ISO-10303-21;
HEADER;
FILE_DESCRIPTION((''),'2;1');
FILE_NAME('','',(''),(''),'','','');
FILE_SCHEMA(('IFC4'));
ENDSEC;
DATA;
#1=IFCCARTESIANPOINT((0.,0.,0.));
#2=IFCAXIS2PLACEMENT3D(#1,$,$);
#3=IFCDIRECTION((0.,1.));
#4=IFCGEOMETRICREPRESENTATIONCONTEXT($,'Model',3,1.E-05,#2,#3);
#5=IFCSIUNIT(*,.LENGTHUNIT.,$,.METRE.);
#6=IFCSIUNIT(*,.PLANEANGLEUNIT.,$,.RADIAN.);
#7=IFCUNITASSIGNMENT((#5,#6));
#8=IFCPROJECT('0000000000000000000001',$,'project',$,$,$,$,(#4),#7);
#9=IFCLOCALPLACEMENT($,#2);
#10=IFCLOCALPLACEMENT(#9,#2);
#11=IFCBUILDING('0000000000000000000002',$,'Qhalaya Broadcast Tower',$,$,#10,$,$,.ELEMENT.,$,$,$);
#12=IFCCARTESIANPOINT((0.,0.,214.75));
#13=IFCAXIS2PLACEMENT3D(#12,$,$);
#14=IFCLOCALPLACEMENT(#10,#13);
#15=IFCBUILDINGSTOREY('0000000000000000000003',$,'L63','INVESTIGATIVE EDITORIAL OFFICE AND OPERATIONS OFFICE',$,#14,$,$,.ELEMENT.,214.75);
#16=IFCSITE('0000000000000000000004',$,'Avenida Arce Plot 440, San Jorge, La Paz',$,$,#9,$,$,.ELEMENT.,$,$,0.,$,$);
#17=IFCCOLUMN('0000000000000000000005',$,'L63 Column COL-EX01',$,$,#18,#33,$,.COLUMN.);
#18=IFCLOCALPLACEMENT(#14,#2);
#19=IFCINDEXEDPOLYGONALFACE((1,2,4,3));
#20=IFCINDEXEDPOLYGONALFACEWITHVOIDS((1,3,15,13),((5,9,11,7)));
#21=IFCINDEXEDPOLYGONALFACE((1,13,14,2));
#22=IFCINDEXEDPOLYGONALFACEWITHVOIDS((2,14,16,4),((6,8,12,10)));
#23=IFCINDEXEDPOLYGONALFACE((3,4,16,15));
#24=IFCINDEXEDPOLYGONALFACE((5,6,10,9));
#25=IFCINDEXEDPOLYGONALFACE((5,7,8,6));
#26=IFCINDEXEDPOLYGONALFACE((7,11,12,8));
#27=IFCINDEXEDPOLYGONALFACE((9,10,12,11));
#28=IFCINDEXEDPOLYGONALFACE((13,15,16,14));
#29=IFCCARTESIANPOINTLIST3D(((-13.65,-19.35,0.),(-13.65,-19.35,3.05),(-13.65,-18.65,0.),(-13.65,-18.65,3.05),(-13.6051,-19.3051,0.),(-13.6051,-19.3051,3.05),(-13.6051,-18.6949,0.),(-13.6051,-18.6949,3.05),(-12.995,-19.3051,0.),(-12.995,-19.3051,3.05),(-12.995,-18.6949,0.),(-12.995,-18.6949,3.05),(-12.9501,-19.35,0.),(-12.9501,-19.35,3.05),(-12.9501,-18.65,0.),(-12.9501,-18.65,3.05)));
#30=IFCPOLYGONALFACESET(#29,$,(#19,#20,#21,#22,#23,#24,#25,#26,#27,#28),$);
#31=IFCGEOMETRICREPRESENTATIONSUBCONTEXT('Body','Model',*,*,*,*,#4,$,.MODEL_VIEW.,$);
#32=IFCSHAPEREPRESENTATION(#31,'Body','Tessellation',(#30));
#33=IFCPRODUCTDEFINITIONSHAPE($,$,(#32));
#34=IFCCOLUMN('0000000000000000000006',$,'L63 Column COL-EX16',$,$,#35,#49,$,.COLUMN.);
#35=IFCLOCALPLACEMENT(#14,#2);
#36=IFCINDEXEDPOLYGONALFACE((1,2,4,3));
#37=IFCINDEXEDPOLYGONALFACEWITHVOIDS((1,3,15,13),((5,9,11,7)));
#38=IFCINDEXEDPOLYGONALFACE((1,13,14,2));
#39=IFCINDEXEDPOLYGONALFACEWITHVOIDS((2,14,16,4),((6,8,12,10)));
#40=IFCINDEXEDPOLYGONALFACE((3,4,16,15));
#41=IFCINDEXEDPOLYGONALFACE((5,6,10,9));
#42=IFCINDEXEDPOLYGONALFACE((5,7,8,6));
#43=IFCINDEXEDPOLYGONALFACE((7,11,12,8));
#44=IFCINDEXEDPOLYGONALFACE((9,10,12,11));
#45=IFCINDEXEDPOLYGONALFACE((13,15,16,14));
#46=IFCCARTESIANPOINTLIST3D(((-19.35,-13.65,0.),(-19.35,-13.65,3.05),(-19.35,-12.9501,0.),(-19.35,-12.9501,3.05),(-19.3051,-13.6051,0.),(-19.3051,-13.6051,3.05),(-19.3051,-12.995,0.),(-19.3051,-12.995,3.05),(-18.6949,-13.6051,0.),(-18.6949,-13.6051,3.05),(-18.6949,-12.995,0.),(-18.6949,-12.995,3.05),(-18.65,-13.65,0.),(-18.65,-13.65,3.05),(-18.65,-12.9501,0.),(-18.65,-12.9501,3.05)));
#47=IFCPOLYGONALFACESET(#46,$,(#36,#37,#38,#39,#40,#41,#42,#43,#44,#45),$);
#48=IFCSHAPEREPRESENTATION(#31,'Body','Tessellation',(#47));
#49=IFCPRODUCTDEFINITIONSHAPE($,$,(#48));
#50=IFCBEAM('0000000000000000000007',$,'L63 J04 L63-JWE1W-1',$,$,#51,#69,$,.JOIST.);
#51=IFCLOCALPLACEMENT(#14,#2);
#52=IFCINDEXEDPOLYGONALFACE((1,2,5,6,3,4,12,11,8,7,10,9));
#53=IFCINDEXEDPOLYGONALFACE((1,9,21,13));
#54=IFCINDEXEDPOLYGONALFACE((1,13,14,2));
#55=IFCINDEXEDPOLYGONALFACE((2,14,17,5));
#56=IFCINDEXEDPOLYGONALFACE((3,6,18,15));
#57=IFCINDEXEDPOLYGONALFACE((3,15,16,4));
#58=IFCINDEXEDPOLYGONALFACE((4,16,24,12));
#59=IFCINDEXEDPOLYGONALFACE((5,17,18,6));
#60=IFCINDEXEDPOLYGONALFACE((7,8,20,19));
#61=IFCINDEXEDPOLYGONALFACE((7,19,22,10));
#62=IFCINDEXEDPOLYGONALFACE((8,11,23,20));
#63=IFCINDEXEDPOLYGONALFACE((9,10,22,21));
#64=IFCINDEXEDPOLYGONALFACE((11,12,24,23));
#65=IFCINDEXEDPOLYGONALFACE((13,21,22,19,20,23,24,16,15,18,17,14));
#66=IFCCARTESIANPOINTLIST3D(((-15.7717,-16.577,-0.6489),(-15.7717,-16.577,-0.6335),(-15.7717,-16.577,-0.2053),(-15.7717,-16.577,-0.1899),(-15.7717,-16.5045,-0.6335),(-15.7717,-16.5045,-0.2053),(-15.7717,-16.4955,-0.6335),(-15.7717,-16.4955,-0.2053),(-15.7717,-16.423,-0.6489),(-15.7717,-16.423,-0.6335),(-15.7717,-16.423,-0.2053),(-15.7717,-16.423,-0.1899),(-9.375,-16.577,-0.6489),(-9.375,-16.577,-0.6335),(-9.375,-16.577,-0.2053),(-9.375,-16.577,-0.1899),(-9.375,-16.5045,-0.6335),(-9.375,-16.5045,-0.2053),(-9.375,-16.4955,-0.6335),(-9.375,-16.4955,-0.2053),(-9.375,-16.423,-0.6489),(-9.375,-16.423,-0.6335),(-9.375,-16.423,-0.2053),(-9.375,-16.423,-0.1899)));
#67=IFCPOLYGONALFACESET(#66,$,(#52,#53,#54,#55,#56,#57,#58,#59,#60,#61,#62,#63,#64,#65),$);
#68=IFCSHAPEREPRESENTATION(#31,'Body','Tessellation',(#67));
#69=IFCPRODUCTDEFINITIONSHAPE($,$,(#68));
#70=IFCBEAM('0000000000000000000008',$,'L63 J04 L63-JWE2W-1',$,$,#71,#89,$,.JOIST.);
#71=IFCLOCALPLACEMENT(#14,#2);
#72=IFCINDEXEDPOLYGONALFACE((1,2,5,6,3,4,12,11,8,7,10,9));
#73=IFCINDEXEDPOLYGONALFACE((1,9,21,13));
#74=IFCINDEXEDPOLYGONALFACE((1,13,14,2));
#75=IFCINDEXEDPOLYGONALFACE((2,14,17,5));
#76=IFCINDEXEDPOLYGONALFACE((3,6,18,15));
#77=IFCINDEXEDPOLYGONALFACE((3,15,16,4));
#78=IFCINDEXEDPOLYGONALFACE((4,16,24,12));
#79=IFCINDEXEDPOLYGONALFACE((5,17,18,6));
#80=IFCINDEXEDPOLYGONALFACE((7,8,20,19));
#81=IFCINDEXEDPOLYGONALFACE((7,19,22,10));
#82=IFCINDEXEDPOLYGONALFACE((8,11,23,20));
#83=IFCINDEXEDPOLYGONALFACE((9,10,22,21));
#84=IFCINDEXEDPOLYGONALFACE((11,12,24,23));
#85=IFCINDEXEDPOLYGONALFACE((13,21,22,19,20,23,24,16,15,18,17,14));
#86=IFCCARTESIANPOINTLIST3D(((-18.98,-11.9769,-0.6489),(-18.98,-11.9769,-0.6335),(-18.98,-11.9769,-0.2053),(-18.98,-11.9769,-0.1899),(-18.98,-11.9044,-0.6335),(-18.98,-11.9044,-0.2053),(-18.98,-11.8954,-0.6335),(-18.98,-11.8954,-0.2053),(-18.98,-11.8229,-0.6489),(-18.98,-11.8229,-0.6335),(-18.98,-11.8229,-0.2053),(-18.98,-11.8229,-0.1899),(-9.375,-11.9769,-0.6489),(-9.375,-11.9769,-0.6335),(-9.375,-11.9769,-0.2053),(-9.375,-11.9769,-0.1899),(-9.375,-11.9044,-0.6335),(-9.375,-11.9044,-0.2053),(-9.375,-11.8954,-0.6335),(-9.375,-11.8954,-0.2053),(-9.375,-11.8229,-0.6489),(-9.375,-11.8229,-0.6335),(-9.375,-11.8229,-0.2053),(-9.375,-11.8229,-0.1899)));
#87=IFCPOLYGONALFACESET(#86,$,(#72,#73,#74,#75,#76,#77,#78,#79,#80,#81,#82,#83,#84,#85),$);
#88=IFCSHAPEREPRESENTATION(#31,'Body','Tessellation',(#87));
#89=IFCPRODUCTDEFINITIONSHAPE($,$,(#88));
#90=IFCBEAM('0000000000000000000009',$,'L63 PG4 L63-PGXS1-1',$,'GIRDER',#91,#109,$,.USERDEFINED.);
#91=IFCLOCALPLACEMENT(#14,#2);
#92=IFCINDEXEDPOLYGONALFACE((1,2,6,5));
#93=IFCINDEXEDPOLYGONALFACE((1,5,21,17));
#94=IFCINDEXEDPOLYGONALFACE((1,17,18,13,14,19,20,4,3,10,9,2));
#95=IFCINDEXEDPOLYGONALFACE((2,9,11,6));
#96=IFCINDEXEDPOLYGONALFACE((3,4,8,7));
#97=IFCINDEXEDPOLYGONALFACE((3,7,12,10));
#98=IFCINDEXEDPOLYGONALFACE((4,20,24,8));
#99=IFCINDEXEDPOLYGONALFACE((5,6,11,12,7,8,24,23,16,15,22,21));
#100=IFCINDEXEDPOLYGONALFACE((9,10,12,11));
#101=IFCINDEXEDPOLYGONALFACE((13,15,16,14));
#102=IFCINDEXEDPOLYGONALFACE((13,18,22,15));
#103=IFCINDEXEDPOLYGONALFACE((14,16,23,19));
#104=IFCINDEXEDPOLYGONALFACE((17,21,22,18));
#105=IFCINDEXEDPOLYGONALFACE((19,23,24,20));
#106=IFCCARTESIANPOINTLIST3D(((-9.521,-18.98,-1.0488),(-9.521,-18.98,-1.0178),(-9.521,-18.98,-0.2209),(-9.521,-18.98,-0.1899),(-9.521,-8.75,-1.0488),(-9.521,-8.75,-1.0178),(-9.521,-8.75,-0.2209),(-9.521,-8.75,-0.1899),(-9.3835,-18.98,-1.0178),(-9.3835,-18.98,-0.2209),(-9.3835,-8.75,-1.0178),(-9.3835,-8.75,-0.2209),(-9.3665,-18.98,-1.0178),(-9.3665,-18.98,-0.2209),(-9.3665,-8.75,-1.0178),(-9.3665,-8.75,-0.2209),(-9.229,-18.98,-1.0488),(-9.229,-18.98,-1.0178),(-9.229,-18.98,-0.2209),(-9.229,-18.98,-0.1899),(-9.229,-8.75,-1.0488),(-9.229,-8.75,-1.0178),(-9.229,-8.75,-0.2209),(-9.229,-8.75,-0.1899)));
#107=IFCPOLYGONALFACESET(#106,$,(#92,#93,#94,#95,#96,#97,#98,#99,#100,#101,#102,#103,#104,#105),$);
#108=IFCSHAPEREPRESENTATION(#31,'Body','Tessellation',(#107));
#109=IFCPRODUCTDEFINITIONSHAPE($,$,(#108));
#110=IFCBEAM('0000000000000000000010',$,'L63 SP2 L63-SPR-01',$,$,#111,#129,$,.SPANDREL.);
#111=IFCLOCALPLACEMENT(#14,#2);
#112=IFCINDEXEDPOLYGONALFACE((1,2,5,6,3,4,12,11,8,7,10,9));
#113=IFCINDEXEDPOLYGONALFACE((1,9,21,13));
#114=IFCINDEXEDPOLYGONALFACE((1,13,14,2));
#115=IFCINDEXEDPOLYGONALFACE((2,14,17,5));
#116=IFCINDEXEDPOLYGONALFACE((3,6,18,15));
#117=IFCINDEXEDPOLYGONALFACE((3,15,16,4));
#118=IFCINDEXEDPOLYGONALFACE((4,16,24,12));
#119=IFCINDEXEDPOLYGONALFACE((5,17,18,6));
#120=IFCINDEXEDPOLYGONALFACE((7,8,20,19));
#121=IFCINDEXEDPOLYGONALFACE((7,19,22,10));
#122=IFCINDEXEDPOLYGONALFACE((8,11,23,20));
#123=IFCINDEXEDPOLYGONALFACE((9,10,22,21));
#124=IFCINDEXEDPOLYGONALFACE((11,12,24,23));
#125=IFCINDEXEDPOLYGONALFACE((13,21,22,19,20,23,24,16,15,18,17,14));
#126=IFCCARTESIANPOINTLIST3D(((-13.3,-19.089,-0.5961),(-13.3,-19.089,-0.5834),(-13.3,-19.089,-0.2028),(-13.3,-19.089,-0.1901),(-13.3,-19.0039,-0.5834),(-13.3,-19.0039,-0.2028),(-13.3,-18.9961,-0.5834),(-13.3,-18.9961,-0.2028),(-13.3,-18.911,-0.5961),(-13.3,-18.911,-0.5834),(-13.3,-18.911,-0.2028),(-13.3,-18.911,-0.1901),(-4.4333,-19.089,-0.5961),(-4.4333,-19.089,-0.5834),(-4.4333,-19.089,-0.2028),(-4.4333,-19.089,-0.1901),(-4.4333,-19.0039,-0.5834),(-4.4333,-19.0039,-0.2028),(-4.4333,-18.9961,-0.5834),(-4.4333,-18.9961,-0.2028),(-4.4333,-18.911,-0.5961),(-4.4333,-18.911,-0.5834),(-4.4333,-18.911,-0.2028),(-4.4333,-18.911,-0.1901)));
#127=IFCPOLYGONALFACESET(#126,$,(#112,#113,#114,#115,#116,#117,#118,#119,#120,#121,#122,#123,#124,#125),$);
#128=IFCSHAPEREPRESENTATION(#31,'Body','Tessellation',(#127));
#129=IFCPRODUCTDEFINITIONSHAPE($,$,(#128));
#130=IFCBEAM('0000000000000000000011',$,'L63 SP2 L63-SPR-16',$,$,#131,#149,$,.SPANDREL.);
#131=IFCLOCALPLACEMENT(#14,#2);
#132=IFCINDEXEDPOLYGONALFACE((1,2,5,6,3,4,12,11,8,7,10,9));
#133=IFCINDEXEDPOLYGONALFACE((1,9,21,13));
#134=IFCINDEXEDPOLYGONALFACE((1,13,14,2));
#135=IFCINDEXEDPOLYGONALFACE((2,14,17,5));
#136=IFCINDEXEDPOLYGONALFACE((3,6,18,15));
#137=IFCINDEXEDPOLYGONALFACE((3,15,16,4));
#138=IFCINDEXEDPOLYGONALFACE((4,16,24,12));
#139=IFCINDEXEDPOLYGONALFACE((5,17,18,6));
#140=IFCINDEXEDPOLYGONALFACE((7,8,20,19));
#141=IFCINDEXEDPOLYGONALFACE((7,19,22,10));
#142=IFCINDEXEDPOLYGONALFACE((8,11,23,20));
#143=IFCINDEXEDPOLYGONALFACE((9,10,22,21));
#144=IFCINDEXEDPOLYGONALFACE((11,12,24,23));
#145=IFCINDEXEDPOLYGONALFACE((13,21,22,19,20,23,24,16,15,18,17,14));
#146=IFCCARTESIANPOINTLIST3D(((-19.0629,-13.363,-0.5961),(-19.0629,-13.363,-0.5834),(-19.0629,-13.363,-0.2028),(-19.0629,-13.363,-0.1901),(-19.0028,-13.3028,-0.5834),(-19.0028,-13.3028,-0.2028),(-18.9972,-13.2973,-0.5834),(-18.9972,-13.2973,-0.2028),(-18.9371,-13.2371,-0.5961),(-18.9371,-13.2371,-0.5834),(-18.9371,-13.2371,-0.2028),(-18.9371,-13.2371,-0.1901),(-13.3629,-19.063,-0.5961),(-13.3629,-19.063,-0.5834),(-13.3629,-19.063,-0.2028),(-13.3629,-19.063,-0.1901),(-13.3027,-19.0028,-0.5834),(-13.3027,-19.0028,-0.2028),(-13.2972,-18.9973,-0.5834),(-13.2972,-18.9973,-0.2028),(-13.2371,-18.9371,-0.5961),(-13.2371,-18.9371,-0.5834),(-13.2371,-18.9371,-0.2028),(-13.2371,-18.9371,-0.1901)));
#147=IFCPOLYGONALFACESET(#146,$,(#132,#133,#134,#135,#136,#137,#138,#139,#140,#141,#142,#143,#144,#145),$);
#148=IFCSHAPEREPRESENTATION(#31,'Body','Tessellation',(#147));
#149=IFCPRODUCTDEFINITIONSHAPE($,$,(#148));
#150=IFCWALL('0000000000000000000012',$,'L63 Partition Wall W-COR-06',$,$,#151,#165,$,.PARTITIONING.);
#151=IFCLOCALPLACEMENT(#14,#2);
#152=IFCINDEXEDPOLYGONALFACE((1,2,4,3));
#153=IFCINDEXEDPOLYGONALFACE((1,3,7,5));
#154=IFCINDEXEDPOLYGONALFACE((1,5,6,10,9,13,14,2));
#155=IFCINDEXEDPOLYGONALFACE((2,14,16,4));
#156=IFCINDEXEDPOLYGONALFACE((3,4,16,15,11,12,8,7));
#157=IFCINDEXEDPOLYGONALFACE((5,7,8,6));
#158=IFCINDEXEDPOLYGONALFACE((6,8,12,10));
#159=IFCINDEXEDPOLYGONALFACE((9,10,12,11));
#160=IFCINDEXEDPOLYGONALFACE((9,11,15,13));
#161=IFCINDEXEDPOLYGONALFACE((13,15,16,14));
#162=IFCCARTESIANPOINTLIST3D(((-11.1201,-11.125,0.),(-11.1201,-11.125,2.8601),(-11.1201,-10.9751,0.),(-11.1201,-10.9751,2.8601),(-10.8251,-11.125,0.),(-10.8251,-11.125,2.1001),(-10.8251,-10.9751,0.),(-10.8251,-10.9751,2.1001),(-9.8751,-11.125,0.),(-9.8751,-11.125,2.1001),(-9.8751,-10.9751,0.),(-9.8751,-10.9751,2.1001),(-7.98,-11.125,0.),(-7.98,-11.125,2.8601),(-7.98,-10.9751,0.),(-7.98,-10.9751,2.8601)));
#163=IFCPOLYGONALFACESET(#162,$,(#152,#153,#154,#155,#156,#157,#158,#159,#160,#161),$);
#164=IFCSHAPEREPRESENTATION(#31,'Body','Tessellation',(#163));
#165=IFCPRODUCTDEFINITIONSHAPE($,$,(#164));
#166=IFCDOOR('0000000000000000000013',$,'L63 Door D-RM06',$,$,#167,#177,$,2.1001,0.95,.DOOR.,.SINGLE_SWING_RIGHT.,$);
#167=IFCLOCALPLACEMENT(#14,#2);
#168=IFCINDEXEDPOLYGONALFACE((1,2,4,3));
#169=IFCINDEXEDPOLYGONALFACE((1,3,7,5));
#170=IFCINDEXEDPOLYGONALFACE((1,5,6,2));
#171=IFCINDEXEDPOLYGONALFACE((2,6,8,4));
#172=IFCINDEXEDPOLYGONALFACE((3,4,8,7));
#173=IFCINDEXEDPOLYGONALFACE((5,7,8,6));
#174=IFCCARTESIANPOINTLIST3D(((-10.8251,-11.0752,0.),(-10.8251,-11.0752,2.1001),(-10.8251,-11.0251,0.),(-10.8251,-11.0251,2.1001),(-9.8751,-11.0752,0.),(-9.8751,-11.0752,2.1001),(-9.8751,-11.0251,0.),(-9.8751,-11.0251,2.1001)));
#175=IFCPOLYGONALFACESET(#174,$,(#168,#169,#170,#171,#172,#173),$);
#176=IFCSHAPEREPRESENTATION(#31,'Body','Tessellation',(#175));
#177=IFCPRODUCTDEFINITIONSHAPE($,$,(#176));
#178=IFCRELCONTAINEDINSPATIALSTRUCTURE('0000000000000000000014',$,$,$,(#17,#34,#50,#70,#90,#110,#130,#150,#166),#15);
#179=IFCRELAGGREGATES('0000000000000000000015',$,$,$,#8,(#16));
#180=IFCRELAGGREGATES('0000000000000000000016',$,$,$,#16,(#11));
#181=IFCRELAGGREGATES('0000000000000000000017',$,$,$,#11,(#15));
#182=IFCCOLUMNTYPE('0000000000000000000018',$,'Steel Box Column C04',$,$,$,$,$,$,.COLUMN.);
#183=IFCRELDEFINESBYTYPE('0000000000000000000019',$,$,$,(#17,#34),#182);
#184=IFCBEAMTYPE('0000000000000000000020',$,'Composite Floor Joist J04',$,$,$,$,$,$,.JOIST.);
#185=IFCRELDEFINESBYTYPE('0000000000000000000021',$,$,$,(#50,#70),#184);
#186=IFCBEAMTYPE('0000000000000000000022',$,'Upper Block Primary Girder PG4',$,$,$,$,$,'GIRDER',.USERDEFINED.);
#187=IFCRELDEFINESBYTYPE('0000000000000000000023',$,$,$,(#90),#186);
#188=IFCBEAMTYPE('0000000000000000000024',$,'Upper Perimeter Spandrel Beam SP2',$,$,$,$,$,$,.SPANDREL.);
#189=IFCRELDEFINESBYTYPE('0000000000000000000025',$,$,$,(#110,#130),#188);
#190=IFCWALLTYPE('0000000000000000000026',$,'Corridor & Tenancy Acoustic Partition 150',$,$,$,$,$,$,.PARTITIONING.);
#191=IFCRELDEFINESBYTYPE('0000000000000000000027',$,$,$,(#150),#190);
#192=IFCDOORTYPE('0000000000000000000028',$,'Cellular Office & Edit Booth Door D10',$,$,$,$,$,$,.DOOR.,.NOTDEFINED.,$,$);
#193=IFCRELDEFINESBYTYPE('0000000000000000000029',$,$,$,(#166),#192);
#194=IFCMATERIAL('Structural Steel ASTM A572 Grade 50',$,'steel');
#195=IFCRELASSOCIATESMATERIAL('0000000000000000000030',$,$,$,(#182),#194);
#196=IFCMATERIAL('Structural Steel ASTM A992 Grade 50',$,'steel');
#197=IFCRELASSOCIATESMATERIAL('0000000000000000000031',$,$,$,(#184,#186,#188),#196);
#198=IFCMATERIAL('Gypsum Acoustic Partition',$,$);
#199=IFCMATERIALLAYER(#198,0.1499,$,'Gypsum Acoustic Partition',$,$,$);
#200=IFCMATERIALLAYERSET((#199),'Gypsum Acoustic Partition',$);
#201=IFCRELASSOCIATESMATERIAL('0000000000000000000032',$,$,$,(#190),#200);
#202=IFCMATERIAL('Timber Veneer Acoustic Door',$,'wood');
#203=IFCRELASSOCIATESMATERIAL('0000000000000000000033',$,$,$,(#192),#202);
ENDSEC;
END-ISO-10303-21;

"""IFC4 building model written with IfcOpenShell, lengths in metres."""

from ifc_helpers import new_model, si_unit, direction, frame, frame_2d, origin, origin_2d, place, context, subcontext, project, spatial, rectangle, hollow_rectangle, i_section, extrude, material, layer, layer_set, material_profile, profile_set, type_object, element, fill, save


model = new_model("IFC4")

# Units and contexts
model_context = context("Model", 3, precision=1e-05, world=origin(), true_north=direction((0.0, 1.0)))
body_context = subcontext(model_context, "Body", "Model", "MODEL_VIEW")
ifc_project = project(units=[si_unit("LENGTHUNIT", "METRE"), si_unit("PLANEANGLEUNIT", "RADIAN")], contexts=[model_context])

# Site, building, storey
site_placement = place(None, origin())
site = spatial("IfcSite", under=ifc_project, at=site_placement, Name="Avenida Arce Plot 440, San Jorge, La Paz", CompositionType="ELEMENT", RefElevation=0.0)
building_placement = place(site_placement, origin())
building = spatial("IfcBuilding", under=site, at=building_placement, Name="Qhalaya Broadcast Tower", CompositionType="ELEMENT")
storey_placement = place(building_placement, frame((0.0, 0.0, 214.75)))
storey = spatial("IfcBuildingStorey", under=building, at=storey_placement, Name="L63", Description="INVESTIGATIVE EDITORIAL OFFICE AND OPERATIONS OFFICE", CompositionType="ELEMENT", Elevation=214.75)

# Columns
ifc_material_1 = material(Name="Structural Steel ASTM A572 Grade 50", Category="steel")
ifc_material_profile_1 = material_profile(ifc_material_1, hollow_rectangle(XDim=0.7, YDim=0.7, WallThickness=0.0449, at=origin_2d()), Name="BOX 700x700x45")
ifc_profile_set_1 = profile_set([ifc_material_profile_1], Name="Structural Steel ASTM A572 Grade 50")
column_type = type_object("IfcColumnType", Name="Steel Box Column C04", PredefinedType="COLUMN", material=ifc_profile_set_1)
for number, where, z_axis, x_axis, name in (
    (1, (-13.3, -19.0, 0.0), (0.0, 0.0, 1.0), (1.0, 0.0, 0.0), "L63 Column COL-EX01"),
    (2, (-19.0, -13.3, 0.0), (0.0, 0.0, 1.0), (0.0, 1.0, 0.0), "L63 Column COL-EX16"),
):
    element("IfcColumn", number, at=place(storey_placement, frame(where, z_axis=z_axis, x_axis=x_axis)), inside=storey, type_object=column_type, Name=name, PredefinedType="COLUMN", context=body_context, shape_type="SweptSolid", body=[
        extrude(hollow_rectangle(XDim=0.7, YDim=0.7, WallThickness=0.0449, at=origin_2d()), origin(), (0.0, 0.0, 1.0), 3.05),
    ])

# Beams
ifc_material_2 = material(Name="Structural Steel ASTM A992 Grade 50", Category="steel")
ifc_material_profile_2 = material_profile(ifc_material_2, i_section(OverallWidth=0.1541, OverallDepth=0.459, WebThickness=0.009, FlangeThickness=0.0154, at=origin_2d()), Name="W18X46")
ifc_profile_set_2 = profile_set([ifc_material_profile_2], Name="Structural Steel ASTM A992 Grade 50")
beam_type_1 = type_object("IfcBeamType", Name="Composite Floor Joist J04", PredefinedType="JOIST", material=ifc_profile_set_2)
beam_1_placement = place(storey_placement, frame((-15.7717, -16.5, -0.4194), z_axis=(1.0, 0.0, 0.0), x_axis=(0.0, 1.0, 0.0)))
element("IfcBeam", 3, at=beam_1_placement, inside=storey, type_object=beam_type_1, Name="L63 J04 L63-JWE1W-1", PredefinedType="JOIST", context=body_context, shape_type="SweptSolid", body=[
    extrude(i_section(OverallWidth=0.1541, OverallDepth=0.459, WebThickness=0.009, FlangeThickness=0.0154, at=origin_2d()), origin(), (0.0, 0.0, 1.0), 6.3967),
])
beam_2_placement = place(storey_placement, frame((-18.98, -11.8999, -0.4194), z_axis=(1.0, 0.0, 0.0), x_axis=(0.0, 1.0, 0.0)))
element("IfcBeam", 4, at=beam_2_placement, inside=storey, type_object=beam_type_1, Name="L63 J04 L63-JWE2W-1", PredefinedType="JOIST", context=body_context, shape_type="SweptSolid", body=[
    extrude(i_section(OverallWidth=0.1541, OverallDepth=0.459, WebThickness=0.009, FlangeThickness=0.0154, at=origin_2d()), origin(), (0.0, 0.0, 1.0), 9.605),
])
ifc_material_profile_3 = material_profile(ifc_material_2, i_section(OverallWidth=0.292, OverallDepth=0.8589, WebThickness=0.0171, FlangeThickness=0.031, at=origin_2d()), Name="W33X169")
ifc_profile_set_3 = profile_set([ifc_material_profile_3], Name="Structural Steel ASTM A992 Grade 50")
beam_type_2 = type_object("IfcBeamType", Name="Upper Block Primary Girder PG4", ElementType="GIRDER", PredefinedType="USERDEFINED", material=ifc_profile_set_3)
beam_3_placement = place(storey_placement, frame((-9.375, -18.98, -0.6194), z_axis=(0.0, 1.0, 0.0), x_axis=(-1.0, 0.0, 0.0)))
element("IfcBeam", 5, at=beam_3_placement, inside=storey, type_object=beam_type_2, Name="L63 PG4 L63-PGXS1-1", ObjectType="GIRDER", PredefinedType="USERDEFINED", context=body_context, shape_type="SweptSolid", body=[
    extrude(i_section(OverallWidth=0.292, OverallDepth=0.8589, WebThickness=0.0171, FlangeThickness=0.031, at=origin_2d()), origin(), (0.0, 0.0, 1.0), 10.23),
])
ifc_material_profile_4 = material_profile(ifc_material_2, i_section(OverallWidth=0.178, OverallDepth=0.406, WebThickness=0.0078, FlangeThickness=0.0127, at=origin_2d()), Name="W16X40")
ifc_profile_set_4 = profile_set([ifc_material_profile_4], Name="Structural Steel ASTM A992 Grade 50")
beam_type_3 = type_object("IfcBeamType", Name="Upper Perimeter Spandrel Beam SP2", PredefinedType="SPANDREL", material=ifc_profile_set_4)
beam_4_placement = place(storey_placement, frame((-13.3, -19.0, -0.3931), z_axis=(1.0, 0.0, 0.0), x_axis=(0.0, 1.0, 0.0)))
element("IfcBeam", 6, at=beam_4_placement, inside=storey, type_object=beam_type_3, Name="L63 SP2 L63-SPR-01", PredefinedType="SPANDREL", context=body_context, shape_type="SweptSolid", body=[
    extrude(i_section(OverallWidth=0.178, OverallDepth=0.406, WebThickness=0.0078, FlangeThickness=0.0127, at=origin_2d()), origin(), (0.0, 0.0, 1.0), 8.8667),
])
beam_5_placement = place(storey_placement, frame((-19.0, -13.3, -0.3931), z_axis=(0.707107, -0.707107, 0.0), x_axis=(0.707107, 0.707107, 0.0)))
element("IfcBeam", 7, at=beam_5_placement, inside=storey, type_object=beam_type_3, Name="L63 SP2 L63-SPR-16", PredefinedType="SPANDREL", context=body_context, shape_type="SweptSolid", body=[
    extrude(i_section(OverallWidth=0.178, OverallDepth=0.406, WebThickness=0.0078, FlangeThickness=0.0127, at=origin_2d()), origin(), (0.0, 0.0, 1.0), 8.061),
])

# Wall, opening, door
ifc_material_3 = material(Name="Gypsum Acoustic Partition")
ifc_layer_1 = layer(ifc_material_3, 0.1499, Name="Gypsum Acoustic Partition")
ifc_layer_set_1 = layer_set([ifc_layer_1], Name="Gypsum Acoustic Partition")
wall_type_1 = type_object("IfcWallType", Name="Corridor & Tenancy Acoustic Partition 150", PredefinedType="PARTITIONING", material=ifc_layer_set_1)
wall_1_placement = place(storey_placement, frame((-11.1201, -11.05, 0.0), z_axis=(0.0, 0.0, 1.0), x_axis=(1.0, 0.0, 0.0)))
wall_1 = element("IfcWall", 8, at=wall_1_placement, inside=storey, type_object=wall_type_1, Name="L63 Partition Wall W-COR-06", PredefinedType="PARTITIONING", context=body_context, shape_type="SweptSolid", body=[
    extrude(rectangle(XDim=3.1401, YDim=0.1499, at=frame_2d((1.5701, 0.0))), origin(), (0.0, 0.0, 1.0), 2.8601),
])
opening_1_placement = place(wall_1_placement, frame((0.2949, 0.0, 0.0)))
opening_1 = element("IfcOpeningElement", 9, at=opening_1_placement, cuts=wall_1, PredefinedType="OPENING", context=body_context, shape_type="SweptSolid", body=[
    extrude(rectangle(XDim=0.95, YDim=2.1001, at=frame_2d((0.4751, 1.05))), frame((0.0, 0.0869, 0.0), z_axis=(0.0, -1.0, 0.0), x_axis=(1.0, 0.0, 0.0)), (0.0, 0.0, 1.0), 0.1738),
])
ifc_material_4 = material(Name="Timber Veneer Acoustic Door", Category="wood")
door_type = type_object("IfcDoorType", Name="Cellular Office & Edit Booth Door D10", OperationType="NOTDEFINED", PredefinedType="DOOR", material=ifc_material_4)
door_1_placement = place(opening_1_placement, origin())
door_1 = element("IfcDoor", 10, at=door_1_placement, inside=storey, type_object=door_type, Name="L63 Door D-RM06", OperationType="SINGLE_SWING_RIGHT", OverallHeight=2.1001, OverallWidth=0.95, PredefinedType="DOOR", context=body_context, shape_type="SweptSolid", body=[
    extrude(rectangle(XDim=0.95, YDim=2.1001, at=frame_2d((0.4751, 1.05))), frame((0.0, 0.0249, 0.0), z_axis=(0.0, -1.0, 0.0), x_axis=(1.0, 0.0, 0.0)), (0.0, 0.0, 1.0), 0.05),
])
fill(opening_1, door_1)

save(model, "model.ifc")
